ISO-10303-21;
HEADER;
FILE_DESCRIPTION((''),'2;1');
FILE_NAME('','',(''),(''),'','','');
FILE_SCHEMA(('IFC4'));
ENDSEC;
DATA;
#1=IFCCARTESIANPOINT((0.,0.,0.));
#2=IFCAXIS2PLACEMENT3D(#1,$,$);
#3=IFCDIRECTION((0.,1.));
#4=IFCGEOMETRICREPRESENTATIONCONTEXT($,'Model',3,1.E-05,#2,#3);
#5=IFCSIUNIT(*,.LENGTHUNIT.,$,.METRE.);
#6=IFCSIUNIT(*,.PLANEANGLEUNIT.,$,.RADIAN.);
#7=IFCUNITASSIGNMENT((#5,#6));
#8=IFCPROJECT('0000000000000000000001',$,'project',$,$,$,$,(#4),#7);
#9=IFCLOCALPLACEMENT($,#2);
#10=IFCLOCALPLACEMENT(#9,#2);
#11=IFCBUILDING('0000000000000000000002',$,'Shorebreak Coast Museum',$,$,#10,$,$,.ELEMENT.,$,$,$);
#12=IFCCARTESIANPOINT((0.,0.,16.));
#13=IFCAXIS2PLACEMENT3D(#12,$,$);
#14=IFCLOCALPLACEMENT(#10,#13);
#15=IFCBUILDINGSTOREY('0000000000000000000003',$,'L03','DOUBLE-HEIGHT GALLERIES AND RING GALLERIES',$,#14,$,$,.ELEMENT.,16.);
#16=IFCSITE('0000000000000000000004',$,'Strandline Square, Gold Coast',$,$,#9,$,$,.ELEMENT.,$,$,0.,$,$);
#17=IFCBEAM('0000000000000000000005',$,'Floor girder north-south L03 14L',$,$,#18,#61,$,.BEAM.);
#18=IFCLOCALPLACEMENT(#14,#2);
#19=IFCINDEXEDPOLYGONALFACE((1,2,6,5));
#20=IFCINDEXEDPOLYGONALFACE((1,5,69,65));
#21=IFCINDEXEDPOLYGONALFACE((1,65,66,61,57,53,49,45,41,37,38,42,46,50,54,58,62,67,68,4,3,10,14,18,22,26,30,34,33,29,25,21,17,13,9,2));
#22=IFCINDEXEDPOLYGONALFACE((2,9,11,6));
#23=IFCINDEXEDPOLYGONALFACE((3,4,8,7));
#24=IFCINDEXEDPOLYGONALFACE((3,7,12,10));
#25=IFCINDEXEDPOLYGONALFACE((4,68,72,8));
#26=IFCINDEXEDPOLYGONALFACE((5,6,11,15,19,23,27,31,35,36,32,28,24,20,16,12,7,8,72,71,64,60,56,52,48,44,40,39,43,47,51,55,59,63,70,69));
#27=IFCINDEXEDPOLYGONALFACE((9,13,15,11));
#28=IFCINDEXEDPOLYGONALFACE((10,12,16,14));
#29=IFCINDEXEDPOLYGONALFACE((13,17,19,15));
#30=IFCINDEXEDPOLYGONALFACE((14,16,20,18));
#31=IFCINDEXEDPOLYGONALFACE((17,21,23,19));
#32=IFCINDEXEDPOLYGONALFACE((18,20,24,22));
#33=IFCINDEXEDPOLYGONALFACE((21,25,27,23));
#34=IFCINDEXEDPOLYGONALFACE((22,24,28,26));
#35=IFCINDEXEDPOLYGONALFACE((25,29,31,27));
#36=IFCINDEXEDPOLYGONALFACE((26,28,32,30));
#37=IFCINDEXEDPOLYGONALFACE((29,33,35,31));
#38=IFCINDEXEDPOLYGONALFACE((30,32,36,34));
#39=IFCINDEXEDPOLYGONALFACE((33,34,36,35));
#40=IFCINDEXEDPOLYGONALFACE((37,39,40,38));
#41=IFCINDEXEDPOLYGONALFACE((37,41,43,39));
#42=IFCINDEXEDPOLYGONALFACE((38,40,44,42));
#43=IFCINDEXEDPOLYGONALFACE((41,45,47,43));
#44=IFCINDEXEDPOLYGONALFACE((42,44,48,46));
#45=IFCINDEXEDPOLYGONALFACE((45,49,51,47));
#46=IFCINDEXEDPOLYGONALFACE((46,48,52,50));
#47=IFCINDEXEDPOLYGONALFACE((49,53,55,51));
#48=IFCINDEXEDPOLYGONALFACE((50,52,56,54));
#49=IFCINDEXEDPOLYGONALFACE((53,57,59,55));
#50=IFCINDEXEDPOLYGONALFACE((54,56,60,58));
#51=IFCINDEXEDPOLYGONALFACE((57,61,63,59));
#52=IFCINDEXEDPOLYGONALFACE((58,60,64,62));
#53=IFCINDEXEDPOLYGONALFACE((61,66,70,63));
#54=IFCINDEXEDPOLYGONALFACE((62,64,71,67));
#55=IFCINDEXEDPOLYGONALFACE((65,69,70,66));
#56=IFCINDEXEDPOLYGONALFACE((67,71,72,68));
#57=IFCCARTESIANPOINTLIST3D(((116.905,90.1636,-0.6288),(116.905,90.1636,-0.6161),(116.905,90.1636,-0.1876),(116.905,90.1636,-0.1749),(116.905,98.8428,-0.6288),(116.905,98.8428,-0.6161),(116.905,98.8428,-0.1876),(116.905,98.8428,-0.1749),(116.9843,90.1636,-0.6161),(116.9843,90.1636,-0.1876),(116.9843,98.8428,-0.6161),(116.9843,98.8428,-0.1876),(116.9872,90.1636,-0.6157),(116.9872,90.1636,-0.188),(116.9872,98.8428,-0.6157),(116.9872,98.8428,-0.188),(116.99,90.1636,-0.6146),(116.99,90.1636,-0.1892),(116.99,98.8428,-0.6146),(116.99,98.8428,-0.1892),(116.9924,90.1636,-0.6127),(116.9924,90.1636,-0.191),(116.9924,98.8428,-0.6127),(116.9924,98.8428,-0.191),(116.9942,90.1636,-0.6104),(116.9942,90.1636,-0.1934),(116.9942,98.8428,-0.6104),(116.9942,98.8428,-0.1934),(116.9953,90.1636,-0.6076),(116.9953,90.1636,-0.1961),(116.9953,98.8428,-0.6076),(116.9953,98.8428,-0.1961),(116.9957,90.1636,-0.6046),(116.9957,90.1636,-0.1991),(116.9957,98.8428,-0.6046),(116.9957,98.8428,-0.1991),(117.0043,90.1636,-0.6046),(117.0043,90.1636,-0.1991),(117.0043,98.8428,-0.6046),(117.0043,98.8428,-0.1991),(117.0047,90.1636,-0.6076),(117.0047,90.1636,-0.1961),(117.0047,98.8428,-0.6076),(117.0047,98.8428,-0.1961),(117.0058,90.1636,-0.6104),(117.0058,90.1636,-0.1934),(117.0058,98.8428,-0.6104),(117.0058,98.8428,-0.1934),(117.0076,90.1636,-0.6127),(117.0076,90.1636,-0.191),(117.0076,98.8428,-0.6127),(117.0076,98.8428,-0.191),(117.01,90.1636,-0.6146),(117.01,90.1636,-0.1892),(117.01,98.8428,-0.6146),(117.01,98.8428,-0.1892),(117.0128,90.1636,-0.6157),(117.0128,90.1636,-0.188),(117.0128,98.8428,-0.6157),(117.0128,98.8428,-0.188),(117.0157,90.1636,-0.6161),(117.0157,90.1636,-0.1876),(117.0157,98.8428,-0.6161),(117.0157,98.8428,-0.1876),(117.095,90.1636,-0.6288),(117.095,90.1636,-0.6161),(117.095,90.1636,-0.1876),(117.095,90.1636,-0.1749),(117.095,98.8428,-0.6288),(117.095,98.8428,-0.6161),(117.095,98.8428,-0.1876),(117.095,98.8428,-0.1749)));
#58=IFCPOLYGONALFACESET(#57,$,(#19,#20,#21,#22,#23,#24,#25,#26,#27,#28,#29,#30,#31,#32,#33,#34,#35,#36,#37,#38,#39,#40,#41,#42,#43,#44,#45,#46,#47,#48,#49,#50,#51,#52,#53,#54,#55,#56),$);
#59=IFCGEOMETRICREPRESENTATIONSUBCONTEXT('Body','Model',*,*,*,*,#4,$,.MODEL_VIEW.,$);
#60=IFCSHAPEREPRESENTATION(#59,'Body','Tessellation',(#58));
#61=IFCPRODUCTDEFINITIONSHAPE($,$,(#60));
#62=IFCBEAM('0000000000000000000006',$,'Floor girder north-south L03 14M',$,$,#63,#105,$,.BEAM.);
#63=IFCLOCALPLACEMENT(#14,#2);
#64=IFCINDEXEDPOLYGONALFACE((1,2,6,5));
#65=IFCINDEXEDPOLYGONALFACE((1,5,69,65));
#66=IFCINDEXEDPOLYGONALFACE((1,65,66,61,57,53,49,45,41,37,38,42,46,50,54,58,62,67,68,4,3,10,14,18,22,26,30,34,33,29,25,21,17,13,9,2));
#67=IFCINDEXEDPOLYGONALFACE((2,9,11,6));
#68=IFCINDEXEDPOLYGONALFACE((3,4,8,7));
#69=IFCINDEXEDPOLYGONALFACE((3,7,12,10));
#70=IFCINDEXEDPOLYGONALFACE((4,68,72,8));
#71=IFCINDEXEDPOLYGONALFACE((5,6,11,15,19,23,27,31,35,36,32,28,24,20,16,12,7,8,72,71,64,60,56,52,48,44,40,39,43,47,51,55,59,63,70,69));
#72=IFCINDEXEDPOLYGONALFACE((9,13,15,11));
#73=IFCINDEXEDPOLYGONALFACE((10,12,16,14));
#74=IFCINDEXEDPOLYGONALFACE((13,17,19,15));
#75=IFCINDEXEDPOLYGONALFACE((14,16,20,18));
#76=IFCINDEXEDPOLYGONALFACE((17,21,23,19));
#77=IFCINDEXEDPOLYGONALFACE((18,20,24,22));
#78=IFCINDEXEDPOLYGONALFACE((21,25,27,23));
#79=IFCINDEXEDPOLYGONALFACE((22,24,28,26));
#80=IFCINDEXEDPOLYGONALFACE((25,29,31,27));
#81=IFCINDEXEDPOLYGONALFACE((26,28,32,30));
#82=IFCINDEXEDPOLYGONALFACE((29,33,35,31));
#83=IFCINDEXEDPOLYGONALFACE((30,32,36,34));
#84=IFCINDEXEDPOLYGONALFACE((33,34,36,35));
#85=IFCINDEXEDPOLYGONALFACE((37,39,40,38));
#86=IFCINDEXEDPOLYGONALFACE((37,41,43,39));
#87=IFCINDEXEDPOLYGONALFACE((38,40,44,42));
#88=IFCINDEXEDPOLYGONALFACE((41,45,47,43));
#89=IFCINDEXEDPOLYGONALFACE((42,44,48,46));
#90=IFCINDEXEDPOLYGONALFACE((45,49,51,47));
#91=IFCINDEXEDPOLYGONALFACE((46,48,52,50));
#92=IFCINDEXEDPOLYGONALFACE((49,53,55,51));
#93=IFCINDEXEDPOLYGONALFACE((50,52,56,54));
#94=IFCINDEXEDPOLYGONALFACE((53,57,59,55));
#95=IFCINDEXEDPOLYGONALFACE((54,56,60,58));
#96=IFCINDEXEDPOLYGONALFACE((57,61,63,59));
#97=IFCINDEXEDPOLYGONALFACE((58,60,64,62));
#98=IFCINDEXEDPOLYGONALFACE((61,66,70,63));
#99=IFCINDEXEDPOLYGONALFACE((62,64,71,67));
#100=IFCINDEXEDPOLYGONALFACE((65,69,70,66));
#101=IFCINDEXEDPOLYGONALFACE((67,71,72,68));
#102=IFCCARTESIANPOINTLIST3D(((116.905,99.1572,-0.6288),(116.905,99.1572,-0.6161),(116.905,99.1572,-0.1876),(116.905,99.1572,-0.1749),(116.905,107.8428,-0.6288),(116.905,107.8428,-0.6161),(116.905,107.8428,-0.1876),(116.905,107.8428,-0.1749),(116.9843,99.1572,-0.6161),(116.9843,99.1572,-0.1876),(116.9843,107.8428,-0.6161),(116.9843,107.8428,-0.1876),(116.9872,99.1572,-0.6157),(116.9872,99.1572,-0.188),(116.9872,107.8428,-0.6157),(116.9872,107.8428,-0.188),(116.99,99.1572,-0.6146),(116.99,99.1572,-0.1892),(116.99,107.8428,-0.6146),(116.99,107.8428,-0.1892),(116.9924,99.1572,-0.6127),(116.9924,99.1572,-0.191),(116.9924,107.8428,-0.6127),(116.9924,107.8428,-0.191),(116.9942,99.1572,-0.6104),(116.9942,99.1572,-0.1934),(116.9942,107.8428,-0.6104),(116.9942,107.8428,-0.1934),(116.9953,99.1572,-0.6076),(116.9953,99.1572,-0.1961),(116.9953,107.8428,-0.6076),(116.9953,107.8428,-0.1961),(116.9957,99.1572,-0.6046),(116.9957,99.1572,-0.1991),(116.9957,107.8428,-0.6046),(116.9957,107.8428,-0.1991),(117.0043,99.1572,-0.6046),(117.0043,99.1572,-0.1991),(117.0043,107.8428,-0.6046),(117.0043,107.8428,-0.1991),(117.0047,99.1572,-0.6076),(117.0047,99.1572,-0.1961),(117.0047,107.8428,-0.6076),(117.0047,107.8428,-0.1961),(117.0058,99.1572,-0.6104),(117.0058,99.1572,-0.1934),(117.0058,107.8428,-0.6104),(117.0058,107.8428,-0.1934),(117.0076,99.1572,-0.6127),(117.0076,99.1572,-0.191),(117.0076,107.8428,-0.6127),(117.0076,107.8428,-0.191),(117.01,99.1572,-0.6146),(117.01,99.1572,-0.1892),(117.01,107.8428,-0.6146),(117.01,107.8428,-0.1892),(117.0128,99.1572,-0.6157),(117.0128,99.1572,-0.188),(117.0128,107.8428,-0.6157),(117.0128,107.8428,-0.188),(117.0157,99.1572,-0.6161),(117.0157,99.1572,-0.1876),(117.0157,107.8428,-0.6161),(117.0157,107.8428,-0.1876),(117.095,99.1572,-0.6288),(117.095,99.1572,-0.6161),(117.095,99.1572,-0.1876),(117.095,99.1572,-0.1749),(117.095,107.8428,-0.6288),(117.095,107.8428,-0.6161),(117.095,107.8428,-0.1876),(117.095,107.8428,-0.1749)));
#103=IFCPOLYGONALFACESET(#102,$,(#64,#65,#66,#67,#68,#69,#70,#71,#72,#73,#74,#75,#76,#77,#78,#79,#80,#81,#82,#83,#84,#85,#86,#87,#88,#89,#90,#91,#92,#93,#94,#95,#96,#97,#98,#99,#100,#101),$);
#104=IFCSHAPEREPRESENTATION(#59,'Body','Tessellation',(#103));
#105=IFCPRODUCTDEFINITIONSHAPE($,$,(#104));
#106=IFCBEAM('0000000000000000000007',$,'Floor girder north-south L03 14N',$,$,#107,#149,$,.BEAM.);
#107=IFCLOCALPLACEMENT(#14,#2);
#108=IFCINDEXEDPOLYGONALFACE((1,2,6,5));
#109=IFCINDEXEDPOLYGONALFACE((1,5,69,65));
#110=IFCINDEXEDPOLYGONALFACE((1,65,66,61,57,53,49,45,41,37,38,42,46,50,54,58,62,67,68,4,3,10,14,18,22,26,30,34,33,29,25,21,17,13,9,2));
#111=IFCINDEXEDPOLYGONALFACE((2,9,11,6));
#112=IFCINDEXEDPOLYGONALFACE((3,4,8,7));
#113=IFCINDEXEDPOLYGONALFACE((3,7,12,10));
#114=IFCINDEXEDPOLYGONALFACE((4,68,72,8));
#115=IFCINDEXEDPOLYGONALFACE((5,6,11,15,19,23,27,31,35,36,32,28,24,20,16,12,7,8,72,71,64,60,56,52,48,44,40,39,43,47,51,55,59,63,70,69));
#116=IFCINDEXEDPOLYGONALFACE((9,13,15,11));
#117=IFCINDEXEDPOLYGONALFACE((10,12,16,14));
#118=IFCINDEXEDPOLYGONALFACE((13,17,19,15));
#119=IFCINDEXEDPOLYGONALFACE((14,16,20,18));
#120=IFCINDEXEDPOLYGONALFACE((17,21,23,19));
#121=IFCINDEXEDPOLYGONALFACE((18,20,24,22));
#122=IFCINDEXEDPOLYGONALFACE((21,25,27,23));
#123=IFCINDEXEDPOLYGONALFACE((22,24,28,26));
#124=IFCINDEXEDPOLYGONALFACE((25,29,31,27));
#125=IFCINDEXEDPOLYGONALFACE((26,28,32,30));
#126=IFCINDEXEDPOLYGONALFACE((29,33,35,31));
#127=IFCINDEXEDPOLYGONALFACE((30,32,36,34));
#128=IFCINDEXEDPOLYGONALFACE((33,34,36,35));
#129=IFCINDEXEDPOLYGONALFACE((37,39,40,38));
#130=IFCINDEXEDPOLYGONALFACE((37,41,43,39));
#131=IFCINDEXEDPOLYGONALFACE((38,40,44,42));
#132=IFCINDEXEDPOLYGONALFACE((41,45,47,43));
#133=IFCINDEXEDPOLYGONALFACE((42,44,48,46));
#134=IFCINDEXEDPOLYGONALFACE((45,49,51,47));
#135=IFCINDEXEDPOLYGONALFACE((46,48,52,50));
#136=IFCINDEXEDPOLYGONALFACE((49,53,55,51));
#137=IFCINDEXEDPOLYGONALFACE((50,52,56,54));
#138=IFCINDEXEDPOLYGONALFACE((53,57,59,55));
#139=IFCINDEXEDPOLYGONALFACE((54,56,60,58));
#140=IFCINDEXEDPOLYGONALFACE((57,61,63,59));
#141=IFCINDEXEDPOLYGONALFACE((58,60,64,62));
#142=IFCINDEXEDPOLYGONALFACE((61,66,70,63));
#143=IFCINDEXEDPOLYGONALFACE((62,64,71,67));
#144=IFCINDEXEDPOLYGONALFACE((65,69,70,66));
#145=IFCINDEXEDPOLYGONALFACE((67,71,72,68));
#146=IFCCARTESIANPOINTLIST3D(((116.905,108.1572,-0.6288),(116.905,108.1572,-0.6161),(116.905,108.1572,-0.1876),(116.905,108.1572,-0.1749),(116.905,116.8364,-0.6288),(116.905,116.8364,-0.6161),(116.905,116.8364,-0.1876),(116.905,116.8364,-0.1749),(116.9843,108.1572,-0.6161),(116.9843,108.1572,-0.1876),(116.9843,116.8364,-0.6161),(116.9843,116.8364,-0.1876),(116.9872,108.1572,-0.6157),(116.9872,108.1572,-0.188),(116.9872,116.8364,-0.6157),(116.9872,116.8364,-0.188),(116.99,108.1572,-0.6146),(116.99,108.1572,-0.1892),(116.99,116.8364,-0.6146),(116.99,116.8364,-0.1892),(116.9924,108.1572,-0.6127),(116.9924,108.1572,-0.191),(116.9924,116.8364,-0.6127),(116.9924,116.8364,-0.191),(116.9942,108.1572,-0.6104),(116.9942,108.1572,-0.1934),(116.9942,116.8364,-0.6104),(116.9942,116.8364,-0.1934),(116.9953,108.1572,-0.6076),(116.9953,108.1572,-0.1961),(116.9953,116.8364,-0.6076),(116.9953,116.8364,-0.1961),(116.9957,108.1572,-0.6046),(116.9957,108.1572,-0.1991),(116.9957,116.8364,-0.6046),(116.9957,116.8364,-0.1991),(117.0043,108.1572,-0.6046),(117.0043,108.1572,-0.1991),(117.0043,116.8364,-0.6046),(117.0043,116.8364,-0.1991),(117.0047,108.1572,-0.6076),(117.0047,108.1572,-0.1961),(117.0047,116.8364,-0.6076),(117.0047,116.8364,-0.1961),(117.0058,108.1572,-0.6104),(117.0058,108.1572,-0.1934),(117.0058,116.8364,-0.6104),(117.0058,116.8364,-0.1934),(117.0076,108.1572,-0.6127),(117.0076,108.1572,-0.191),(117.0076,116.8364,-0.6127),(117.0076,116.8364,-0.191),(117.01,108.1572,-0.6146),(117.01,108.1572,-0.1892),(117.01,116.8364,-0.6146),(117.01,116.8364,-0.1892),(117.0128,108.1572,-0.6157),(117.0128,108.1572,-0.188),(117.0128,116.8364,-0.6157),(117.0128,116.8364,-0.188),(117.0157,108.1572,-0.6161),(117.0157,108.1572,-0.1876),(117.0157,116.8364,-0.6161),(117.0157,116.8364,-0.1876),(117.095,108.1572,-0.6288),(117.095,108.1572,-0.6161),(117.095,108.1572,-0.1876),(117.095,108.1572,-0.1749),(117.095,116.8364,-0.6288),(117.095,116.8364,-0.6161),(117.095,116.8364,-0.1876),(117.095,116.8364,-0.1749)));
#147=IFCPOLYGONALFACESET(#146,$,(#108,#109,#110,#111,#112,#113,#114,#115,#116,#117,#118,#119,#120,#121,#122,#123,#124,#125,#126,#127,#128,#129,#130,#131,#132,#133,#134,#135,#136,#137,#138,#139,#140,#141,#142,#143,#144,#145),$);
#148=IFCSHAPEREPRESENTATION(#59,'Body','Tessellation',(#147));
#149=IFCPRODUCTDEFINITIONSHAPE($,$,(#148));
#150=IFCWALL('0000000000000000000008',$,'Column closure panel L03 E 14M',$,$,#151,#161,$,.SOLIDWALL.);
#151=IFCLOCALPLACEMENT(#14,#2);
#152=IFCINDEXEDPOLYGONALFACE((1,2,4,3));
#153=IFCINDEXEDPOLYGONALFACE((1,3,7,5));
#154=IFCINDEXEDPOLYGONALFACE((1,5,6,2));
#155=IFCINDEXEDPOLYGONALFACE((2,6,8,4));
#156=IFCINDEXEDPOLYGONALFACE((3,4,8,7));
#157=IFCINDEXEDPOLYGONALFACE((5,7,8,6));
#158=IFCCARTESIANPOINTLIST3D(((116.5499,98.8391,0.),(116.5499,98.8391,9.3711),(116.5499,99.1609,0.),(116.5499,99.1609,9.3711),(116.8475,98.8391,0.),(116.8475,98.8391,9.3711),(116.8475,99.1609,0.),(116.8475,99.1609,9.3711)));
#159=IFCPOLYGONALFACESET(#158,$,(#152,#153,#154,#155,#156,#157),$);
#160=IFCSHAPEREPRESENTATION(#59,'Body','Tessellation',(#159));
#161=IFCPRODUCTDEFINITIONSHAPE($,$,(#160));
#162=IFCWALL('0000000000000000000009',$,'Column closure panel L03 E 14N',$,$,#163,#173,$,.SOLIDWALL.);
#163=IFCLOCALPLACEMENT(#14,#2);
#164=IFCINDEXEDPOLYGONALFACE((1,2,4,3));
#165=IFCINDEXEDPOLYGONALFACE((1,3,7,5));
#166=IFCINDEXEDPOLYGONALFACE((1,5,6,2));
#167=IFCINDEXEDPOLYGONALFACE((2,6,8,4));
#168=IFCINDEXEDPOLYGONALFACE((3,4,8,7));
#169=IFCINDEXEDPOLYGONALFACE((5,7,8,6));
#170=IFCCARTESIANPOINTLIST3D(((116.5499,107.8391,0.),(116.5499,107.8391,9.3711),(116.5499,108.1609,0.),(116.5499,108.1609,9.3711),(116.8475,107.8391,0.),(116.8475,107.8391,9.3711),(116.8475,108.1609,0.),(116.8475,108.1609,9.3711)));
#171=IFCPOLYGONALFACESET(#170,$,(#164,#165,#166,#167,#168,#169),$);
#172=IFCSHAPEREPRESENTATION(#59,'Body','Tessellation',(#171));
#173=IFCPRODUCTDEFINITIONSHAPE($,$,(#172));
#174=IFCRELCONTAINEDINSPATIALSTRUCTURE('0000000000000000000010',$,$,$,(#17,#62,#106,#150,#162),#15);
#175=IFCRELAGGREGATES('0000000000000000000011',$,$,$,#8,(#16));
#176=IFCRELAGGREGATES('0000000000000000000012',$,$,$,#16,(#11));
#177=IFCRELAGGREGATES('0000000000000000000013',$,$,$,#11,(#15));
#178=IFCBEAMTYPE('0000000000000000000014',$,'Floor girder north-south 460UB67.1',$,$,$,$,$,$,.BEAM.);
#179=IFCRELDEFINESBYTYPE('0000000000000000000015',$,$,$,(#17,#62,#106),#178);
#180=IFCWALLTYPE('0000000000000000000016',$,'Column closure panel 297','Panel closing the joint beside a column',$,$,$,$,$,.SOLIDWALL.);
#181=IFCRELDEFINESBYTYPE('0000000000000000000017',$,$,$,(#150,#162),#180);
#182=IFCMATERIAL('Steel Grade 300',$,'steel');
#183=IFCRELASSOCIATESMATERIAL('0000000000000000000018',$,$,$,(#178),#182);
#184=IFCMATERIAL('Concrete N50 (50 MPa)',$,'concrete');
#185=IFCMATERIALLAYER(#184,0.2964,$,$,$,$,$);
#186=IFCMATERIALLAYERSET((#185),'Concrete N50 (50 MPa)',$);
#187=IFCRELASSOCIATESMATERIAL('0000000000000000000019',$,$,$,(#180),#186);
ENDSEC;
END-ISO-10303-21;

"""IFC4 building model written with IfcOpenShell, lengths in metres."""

from ifc_helpers import new_model, si_unit, direction, frame, frame_2d, origin, origin_2d, place, context, subcontext, project, spatial, rectangle, i_section, extrude, material, layer, layer_set, material_profile, profile_set, type_object, element, save


model = new_model("IFC4")

# Units and contexts
model_context = context("Model", 3, precision=1e-05, world=origin(), true_north=direction((0.0, 1.0)))
body_context = subcontext(model_context, "Body", "Model", "MODEL_VIEW")
ifc_project = project(units=[si_unit("LENGTHUNIT", "METRE"), si_unit("PLANEANGLEUNIT", "RADIAN")], contexts=[model_context])

# Site, building, storey
site_placement = place(None, origin())
site = spatial("IfcSite", under=ifc_project, at=site_placement, Name="Strandline Square, Gold Coast", CompositionType="ELEMENT", RefElevation=0.0)
building_placement = place(site_placement, origin())
building = spatial("IfcBuilding", under=site, at=building_placement, Name="Shorebreak Coast Museum", CompositionType="ELEMENT")
storey_placement = place(building_placement, frame((0.0, 0.0, 16.0)))
storey = spatial("IfcBuildingStorey", under=building, at=storey_placement, Name="L03", Description="DOUBLE-HEIGHT GALLERIES AND RING GALLERIES", CompositionType="ELEMENT", Elevation=16.0)

# Beams
ifc_material_1 = material(Name="Steel Grade 300", Category="steel")
ifc_material_profile_1 = material_profile(ifc_material_1, i_section(OverallWidth=0.1899, OverallDepth=0.4539, WebThickness=0.0085, FlangeThickness=0.0127, FilletRadius=0.0115, at=origin_2d()), Name="460UB67.1")
ifc_profile_set_1 = profile_set([ifc_material_profile_1], Name="Steel Grade 300")
beam_type = type_object("IfcBeamType", Name="Floor girder north-south 460UB67.1", PredefinedType="BEAM", material=ifc_profile_set_1)
beam_1_placement = place(storey_placement, frame((117.0, 90.1636, -0.4019), z_axis=(0.0, 1.0, 0.0), x_axis=(-1.0, 0.0, 0.0)))
element("IfcBeam", 1, at=beam_1_placement, inside=storey, type_object=beam_type, Name="Floor girder north-south L03 14L", PredefinedType="BEAM", context=body_context, shape_type="SweptSolid", body=[
    extrude(i_section(OverallWidth=0.1899, OverallDepth=0.4539, WebThickness=0.0085, FlangeThickness=0.0127, FilletRadius=0.0115, at=origin_2d()), origin(), (0.0, 0.0, 1.0), 8.6792),
])
beam_2_placement = place(storey_placement, frame((117.0, 99.1572, -0.4019), z_axis=(0.0, 1.0, 0.0), x_axis=(-1.0, 0.0, 0.0)))
element("IfcBeam", 2, at=beam_2_placement, inside=storey, type_object=beam_type, Name="Floor girder north-south L03 14M", PredefinedType="BEAM", context=body_context, shape_type="SweptSolid", body=[
    extrude(i_section(OverallWidth=0.1899, OverallDepth=0.4539, WebThickness=0.0085, FlangeThickness=0.0127, FilletRadius=0.0115, at=origin_2d()), origin(), (0.0, 0.0, 1.0), 8.6855),
])
beam_3_placement = place(storey_placement, frame((117.0, 108.1572, -0.4019), z_axis=(0.0, 1.0, 0.0), x_axis=(-1.0, 0.0, 0.0)))
element("IfcBeam", 3, at=beam_3_placement, inside=storey, type_object=beam_type, Name="Floor girder north-south L03 14N", PredefinedType="BEAM", context=body_context, shape_type="SweptSolid", body=[
    extrude(i_section(OverallWidth=0.1899, OverallDepth=0.4539, WebThickness=0.0085, FlangeThickness=0.0127, FilletRadius=0.0115, at=origin_2d()), origin(), (0.0, 0.0, 1.0), 8.6792),
])

# Walls
ifc_material_2 = material(Name="Concrete N50 (50 MPa)", Category="concrete")
ifc_layer_1 = layer(ifc_material_2, 0.2964)
ifc_layer_set_1 = layer_set([ifc_layer_1], Name="Concrete N50 (50 MPa)")
wall_type_1 = type_object("IfcWallType", Name="Column closure panel 297", Description="Panel closing the joint beside a column", PredefinedType="SOLIDWALL", material=ifc_layer_set_1)
for number, where, z_axis, x_axis, name in (
    (4, (116.6987, 98.8391, 0.0), (0.0, 0.0, 1.0), (0.0, 1.0, 0.0), "Column closure panel L03 E 14M"),
    (5, (116.6987, 107.8391, 0.0), (0.0, 0.0, 1.0), (0.0, 1.0, 0.0), "Column closure panel L03 E 14N"),
):
    element("IfcWall", number, at=place(storey_placement, frame(where, z_axis=z_axis, x_axis=x_axis)), inside=storey, type_object=wall_type_1, Name=name, PredefinedType="SOLIDWALL", context=body_context, shape_type="SweptSolid", body=[
        extrude(rectangle(XDim=0.3218, YDim=0.2976, at=frame_2d((0.1609, 0.0))), origin(), (0.0, 0.0, 1.0), 9.3711),
    ])

save(model, "model.ifc")
